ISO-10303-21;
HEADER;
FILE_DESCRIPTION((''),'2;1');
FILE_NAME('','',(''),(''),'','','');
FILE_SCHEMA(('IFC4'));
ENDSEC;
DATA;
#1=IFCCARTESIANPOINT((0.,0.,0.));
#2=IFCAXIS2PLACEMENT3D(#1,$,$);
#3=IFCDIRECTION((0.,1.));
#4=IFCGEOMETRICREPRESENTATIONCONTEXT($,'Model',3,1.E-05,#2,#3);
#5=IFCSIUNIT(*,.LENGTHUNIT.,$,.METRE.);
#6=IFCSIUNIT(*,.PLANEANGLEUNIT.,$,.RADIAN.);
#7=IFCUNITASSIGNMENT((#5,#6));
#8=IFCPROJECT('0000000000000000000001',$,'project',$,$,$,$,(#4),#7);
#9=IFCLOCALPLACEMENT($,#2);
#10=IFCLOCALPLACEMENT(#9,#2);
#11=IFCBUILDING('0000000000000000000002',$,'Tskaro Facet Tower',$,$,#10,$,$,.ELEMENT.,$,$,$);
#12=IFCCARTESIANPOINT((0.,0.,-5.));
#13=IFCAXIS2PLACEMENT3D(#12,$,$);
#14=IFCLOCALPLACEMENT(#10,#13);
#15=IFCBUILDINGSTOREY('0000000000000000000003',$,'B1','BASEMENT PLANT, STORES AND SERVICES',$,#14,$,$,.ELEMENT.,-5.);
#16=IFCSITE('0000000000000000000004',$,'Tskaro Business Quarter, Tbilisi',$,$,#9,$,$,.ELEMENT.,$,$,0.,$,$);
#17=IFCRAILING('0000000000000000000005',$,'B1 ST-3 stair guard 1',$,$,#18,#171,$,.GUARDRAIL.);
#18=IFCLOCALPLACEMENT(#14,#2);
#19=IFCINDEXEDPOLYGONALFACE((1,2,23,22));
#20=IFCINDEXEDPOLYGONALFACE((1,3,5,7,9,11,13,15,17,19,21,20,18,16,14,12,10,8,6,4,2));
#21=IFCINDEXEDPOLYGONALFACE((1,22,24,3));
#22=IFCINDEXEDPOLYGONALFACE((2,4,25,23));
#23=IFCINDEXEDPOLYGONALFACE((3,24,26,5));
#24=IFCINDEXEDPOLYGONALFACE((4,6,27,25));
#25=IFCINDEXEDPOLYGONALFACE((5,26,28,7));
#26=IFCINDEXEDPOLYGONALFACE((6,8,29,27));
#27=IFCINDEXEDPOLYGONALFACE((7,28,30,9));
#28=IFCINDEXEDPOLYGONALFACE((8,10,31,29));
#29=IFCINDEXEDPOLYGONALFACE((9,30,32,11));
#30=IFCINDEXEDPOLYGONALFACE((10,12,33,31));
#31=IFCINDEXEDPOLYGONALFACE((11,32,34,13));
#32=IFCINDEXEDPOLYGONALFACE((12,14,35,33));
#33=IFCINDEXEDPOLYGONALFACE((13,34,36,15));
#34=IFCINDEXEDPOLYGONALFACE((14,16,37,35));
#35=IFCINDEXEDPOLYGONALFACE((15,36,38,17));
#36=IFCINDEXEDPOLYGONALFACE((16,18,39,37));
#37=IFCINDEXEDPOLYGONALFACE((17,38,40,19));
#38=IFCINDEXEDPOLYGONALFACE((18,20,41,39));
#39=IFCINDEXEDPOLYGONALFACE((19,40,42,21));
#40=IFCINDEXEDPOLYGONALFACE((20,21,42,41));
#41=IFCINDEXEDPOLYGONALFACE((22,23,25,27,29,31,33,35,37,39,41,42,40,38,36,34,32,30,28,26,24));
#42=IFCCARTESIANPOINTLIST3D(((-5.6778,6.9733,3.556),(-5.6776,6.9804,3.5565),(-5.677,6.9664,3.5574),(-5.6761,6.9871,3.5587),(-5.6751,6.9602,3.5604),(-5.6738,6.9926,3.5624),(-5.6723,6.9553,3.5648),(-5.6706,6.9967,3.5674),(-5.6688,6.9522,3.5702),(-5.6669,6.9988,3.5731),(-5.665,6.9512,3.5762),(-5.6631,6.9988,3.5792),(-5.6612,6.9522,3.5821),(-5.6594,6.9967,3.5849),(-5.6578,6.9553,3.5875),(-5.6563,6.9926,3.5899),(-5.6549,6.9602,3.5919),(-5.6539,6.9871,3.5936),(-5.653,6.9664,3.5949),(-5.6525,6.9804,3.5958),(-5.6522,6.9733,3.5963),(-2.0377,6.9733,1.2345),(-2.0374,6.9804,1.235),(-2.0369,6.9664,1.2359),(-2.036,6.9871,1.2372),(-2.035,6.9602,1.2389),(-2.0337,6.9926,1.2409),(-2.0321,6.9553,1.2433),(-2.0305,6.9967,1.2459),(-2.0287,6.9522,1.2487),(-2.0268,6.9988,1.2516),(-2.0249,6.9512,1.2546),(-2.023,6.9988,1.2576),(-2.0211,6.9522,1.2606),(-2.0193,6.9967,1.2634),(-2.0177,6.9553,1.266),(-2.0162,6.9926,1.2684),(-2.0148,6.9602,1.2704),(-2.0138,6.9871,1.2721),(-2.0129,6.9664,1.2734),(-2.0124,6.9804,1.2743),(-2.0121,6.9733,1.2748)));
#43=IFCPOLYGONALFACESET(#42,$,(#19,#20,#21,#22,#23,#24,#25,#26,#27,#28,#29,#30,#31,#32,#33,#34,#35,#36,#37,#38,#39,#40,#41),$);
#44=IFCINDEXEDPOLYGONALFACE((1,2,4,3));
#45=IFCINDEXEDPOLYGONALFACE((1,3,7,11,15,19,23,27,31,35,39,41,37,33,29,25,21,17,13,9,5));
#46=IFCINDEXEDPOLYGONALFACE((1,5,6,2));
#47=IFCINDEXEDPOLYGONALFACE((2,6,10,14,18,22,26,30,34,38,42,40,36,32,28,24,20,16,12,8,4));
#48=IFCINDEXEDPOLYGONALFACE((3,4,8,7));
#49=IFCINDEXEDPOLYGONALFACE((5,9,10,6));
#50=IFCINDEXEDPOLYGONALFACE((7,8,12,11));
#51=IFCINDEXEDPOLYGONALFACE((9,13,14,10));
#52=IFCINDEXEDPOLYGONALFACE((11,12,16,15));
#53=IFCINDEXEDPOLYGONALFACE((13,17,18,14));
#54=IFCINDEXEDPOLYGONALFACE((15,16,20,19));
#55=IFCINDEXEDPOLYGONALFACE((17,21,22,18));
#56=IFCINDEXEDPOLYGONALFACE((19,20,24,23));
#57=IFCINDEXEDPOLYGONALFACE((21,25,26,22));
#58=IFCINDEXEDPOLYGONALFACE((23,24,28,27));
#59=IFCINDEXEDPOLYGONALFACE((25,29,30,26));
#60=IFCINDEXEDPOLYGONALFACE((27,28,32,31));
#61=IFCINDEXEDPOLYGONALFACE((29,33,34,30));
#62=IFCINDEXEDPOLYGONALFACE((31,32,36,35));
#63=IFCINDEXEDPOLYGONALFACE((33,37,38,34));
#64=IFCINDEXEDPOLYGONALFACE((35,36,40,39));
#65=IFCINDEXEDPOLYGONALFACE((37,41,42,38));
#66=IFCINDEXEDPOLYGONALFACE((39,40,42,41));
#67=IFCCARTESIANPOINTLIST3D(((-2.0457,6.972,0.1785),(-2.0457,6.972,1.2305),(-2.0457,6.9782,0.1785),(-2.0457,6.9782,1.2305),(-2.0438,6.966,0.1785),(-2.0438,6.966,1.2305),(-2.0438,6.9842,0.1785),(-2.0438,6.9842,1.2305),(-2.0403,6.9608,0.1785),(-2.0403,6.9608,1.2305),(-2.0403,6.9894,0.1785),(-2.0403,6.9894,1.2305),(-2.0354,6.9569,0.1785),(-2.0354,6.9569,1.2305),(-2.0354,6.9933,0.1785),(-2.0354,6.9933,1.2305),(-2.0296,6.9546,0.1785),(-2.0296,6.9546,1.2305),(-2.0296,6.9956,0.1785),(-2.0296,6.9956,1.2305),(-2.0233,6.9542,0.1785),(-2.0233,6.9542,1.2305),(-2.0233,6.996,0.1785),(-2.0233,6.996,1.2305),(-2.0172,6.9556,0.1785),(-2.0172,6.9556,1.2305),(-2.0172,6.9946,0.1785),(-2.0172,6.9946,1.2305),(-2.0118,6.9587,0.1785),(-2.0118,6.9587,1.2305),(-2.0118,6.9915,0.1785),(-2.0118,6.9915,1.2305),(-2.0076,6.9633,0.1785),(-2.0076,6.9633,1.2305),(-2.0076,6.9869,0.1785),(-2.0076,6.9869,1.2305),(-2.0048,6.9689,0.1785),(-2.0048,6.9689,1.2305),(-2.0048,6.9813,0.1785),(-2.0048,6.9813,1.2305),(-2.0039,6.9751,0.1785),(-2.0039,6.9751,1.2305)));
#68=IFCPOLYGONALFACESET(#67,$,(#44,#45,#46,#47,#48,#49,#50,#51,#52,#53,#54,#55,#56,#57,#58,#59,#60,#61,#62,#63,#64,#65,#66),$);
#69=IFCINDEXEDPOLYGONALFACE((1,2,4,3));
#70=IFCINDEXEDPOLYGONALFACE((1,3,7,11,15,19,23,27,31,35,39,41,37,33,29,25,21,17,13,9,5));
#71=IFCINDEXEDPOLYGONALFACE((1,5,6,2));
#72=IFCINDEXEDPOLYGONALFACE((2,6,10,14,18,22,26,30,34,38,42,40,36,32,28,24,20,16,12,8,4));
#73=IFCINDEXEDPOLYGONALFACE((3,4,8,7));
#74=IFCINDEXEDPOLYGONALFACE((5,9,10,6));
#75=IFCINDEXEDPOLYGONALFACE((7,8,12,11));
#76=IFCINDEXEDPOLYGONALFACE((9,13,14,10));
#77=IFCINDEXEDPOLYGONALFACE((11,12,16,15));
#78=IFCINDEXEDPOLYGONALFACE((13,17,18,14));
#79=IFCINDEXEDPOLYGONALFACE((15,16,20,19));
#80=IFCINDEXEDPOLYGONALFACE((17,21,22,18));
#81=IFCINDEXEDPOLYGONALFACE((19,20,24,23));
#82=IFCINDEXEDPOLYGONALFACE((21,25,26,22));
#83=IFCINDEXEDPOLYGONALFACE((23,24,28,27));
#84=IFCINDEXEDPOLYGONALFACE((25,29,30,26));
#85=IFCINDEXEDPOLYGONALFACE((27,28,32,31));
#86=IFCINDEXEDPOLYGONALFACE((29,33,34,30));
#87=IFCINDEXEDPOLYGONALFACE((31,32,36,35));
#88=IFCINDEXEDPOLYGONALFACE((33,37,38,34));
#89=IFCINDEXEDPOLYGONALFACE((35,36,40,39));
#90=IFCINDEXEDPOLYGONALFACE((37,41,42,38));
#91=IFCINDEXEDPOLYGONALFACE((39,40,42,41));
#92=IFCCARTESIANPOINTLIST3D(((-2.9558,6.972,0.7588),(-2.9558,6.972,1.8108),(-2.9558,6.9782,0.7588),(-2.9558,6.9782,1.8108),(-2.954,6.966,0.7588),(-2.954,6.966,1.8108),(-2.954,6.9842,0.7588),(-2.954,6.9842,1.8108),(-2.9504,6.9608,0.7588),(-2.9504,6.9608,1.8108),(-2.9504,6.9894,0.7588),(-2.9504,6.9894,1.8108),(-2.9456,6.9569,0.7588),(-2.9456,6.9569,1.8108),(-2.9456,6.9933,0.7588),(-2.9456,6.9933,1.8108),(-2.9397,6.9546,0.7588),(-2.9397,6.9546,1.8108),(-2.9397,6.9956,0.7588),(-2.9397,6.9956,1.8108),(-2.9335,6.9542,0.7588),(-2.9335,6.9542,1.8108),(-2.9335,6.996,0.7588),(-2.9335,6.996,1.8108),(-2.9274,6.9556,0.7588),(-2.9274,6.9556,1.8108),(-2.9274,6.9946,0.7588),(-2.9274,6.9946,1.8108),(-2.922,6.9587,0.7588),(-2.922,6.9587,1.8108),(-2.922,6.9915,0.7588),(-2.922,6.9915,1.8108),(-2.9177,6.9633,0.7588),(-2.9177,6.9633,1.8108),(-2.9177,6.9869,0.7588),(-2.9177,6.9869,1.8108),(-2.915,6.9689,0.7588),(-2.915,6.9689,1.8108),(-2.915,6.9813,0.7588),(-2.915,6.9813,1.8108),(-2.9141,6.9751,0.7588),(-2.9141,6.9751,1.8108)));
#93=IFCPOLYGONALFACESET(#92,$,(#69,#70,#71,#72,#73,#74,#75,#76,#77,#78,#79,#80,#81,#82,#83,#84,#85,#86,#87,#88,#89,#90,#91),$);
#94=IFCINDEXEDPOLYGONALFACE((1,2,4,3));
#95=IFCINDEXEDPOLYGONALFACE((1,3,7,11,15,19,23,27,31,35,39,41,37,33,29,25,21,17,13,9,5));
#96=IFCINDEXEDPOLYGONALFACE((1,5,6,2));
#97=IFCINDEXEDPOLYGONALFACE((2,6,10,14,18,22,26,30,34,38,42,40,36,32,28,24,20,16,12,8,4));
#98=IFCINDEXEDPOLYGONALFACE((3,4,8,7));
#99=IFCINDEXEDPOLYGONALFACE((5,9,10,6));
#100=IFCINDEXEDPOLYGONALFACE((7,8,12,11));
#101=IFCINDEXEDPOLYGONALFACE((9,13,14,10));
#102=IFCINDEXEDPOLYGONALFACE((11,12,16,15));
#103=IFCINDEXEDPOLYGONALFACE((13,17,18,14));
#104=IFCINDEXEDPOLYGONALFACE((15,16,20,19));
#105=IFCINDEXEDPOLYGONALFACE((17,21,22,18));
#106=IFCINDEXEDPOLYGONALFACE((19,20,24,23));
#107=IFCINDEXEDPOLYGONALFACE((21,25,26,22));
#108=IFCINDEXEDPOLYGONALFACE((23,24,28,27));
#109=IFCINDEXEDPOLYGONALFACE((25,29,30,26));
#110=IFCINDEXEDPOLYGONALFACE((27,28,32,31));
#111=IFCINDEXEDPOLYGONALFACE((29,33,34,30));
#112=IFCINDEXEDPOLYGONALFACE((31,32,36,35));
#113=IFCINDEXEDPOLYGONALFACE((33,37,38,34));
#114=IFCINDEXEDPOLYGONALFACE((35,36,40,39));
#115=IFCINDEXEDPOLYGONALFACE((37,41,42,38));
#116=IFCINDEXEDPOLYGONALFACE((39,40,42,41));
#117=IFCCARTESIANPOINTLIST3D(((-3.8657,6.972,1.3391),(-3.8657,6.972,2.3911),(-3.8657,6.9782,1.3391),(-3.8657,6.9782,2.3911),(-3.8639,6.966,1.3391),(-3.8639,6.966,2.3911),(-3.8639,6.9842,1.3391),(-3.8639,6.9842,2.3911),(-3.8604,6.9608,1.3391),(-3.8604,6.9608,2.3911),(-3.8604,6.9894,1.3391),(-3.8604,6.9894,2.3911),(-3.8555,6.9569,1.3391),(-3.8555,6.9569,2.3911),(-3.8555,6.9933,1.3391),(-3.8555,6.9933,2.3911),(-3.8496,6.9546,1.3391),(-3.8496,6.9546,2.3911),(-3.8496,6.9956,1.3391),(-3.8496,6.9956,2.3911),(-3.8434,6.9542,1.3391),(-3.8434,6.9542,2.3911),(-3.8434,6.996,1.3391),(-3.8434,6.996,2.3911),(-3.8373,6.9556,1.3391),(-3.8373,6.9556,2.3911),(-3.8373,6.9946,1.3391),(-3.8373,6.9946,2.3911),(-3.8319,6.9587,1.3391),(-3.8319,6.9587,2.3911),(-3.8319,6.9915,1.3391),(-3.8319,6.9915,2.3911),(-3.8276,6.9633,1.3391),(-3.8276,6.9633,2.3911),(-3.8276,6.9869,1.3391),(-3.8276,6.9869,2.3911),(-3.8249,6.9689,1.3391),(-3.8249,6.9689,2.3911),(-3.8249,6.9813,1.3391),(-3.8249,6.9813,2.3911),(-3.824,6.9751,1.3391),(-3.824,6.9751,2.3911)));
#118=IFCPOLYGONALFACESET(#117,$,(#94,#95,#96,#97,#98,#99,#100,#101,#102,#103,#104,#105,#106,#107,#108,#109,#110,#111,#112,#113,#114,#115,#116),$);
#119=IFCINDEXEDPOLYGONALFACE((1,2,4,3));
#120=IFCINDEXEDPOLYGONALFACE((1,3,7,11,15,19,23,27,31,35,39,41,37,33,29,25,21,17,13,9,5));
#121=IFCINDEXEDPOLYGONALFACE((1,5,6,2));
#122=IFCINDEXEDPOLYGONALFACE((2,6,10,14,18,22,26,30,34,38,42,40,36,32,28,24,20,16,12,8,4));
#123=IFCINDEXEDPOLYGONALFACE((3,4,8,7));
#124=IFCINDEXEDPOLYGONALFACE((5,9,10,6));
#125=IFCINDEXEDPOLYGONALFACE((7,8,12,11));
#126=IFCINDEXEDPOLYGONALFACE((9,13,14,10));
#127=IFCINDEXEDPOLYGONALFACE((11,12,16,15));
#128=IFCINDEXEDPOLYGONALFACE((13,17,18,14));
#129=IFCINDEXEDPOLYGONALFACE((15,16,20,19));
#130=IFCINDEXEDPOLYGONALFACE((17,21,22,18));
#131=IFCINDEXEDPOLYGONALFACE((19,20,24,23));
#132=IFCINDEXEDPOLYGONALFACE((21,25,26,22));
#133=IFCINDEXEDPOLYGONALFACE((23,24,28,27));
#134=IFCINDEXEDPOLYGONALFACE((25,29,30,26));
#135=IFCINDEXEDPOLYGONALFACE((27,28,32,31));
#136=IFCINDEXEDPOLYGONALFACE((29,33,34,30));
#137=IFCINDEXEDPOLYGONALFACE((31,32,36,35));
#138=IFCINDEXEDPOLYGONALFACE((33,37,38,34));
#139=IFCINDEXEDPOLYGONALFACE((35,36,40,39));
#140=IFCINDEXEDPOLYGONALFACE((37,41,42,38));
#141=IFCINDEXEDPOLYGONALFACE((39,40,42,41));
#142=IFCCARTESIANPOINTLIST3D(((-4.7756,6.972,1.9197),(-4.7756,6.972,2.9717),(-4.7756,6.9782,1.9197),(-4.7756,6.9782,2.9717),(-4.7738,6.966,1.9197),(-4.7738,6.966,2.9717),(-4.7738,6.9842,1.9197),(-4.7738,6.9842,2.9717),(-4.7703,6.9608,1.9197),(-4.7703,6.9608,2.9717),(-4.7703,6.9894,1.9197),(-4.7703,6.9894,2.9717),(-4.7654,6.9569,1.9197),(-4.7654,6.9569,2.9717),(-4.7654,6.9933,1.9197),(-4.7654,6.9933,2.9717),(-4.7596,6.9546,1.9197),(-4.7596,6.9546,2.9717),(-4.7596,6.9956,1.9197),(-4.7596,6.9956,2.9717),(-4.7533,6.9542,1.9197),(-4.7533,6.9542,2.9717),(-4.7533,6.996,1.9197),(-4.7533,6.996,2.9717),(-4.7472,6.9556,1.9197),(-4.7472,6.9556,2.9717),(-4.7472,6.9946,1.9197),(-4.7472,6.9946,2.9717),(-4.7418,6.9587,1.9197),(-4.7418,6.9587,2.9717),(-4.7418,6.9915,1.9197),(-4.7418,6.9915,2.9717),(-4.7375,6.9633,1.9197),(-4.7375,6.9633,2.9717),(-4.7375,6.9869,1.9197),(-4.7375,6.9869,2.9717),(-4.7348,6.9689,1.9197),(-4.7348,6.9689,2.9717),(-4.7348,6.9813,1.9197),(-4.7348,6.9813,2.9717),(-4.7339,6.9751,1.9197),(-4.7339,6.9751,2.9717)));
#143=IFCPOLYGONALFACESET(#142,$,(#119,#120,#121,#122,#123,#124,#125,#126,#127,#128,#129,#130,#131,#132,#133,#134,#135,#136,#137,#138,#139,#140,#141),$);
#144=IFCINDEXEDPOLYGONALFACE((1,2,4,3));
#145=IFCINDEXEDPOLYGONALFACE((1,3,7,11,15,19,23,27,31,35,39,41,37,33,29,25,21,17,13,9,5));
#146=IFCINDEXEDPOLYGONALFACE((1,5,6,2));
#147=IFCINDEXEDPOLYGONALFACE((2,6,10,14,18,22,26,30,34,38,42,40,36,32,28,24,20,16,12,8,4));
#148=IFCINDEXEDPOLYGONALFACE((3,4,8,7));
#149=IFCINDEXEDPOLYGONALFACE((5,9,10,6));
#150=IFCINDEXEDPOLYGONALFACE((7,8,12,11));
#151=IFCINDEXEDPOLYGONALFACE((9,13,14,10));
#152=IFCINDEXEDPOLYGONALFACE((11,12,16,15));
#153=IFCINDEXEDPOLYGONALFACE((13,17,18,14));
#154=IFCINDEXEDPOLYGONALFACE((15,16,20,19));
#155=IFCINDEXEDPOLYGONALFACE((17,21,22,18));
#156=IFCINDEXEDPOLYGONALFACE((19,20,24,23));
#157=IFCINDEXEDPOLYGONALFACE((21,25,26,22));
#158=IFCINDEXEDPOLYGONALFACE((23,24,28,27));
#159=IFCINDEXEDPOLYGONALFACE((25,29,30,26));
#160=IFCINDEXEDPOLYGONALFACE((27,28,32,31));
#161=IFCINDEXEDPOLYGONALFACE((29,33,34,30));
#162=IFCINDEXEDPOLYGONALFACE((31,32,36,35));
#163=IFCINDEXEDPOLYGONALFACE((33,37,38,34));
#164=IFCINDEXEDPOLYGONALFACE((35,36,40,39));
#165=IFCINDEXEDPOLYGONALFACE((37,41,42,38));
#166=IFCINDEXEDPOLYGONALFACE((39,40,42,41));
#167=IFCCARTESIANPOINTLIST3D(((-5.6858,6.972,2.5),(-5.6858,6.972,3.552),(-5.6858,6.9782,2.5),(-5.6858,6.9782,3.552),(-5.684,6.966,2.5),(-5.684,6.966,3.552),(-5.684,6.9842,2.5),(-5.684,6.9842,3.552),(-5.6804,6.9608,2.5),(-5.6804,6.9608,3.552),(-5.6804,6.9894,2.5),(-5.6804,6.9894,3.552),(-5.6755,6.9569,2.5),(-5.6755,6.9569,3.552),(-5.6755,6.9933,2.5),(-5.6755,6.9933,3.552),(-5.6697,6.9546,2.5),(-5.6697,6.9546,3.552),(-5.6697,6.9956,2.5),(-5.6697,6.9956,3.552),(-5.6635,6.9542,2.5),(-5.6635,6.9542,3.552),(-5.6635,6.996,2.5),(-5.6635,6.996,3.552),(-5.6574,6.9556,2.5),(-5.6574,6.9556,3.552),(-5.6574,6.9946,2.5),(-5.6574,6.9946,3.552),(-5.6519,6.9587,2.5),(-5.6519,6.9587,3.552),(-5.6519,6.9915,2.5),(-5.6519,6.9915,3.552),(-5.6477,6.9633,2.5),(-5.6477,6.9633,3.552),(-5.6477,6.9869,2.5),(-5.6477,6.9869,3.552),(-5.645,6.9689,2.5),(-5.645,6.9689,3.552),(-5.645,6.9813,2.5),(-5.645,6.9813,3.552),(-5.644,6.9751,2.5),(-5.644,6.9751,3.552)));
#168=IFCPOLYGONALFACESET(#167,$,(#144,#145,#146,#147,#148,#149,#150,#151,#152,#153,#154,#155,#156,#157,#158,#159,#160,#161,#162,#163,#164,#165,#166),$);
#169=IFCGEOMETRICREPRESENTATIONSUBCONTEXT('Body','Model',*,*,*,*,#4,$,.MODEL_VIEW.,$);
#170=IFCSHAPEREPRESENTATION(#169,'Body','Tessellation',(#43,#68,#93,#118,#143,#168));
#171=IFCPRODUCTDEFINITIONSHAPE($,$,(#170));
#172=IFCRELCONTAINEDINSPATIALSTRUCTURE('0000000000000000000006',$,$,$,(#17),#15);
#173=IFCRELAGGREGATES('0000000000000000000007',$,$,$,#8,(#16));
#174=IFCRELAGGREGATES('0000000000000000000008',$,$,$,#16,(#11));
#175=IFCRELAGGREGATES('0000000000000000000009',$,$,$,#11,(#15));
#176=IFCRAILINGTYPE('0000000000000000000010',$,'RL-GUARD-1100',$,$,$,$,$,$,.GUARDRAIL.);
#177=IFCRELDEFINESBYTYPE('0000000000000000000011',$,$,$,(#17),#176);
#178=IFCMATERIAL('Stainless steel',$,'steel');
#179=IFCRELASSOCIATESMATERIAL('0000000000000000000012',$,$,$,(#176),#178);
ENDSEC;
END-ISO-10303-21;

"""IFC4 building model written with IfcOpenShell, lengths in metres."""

from ifc_helpers import new_model, si_unit, direction, frame, origin, origin_2d, place, context, subcontext, project, spatial, circle, extrude, material, type_object, element, save


model = new_model("IFC4")

# Units and contexts
model_context = context("Model", 3, precision=1e-05, world=origin(), true_north=direction((0.0, 1.0)))
body_context = subcontext(model_context, "Body", "Model", "MODEL_VIEW")
ifc_project = project(units=[si_unit("LENGTHUNIT", "METRE"), si_unit("PLANEANGLEUNIT", "RADIAN")], contexts=[model_context])

# Site, building, storey
site_placement = place(None, origin())
site = spatial("IfcSite", under=ifc_project, at=site_placement, Name="Tskaro Business Quarter, Tbilisi", CompositionType="ELEMENT", RefElevation=0.0)
building_placement = place(site_placement, origin())
building = spatial("IfcBuilding", under=site, at=building_placement, Name="Tskaro Facet Tower", CompositionType="ELEMENT")
storey_placement = place(building_placement, frame((0.0, 0.0, -5.0)))
storey = spatial("IfcBuildingStorey", under=building, at=storey_placement, Name="B1", Description="BASEMENT PLANT, STORES AND SERVICES", CompositionType="ELEMENT", Elevation=-5.0)

# Railing
ifc_material_1 = material(Name="Stainless steel", Category="steel")
railing_type_1 = type_object("IfcRailingType", Name="RL-GUARD-1100", PredefinedType="GUARDRAIL", material=ifc_material_1)
railing_1_placement = place(storey_placement, frame((-2.0249, 6.9751, 0.1785)))
element("IfcRailing", 1, at=railing_1_placement, inside=storey, type_object=railing_type_1, Name="B1 ST-3 stair guard 1", PredefinedType="GUARDRAIL", context=body_context, shape_type="SweptSolid", body=[
    extrude(circle(Radius=0.0239, at=origin_2d()), frame((0.0, 0.0, 1.0762), z_axis=(-0.843128, 0.0, 0.537713), x_axis=(0.0, -1.0, 0.0)), (0.0, 0.0, 1.0), 4.3174),
    extrude(circle(Radius=0.021, at=origin_2d()), origin(), (0.0, 0.0, 1.0), 1.052),
    extrude(circle(Radius=0.021, at=origin_2d()), frame((-0.9102, 0.0, 0.5803)), (0.0, 0.0, 1.0), 1.052),
    extrude(circle(Radius=0.021, at=origin_2d()), frame((-1.8201, 0.0, 1.1606)), (0.0, 0.0, 1.0), 1.052),
    extrude(circle(Radius=0.021, at=origin_2d()), frame((-2.73, 0.0, 1.7412)), (0.0, 0.0, 1.0), 1.052),
    extrude(circle(Radius=0.021, at=origin_2d()), frame((-3.6401, 0.0, 2.3215)), (0.0, 0.0, 1.0), 1.052),
])

save(model, "model.ifc")
